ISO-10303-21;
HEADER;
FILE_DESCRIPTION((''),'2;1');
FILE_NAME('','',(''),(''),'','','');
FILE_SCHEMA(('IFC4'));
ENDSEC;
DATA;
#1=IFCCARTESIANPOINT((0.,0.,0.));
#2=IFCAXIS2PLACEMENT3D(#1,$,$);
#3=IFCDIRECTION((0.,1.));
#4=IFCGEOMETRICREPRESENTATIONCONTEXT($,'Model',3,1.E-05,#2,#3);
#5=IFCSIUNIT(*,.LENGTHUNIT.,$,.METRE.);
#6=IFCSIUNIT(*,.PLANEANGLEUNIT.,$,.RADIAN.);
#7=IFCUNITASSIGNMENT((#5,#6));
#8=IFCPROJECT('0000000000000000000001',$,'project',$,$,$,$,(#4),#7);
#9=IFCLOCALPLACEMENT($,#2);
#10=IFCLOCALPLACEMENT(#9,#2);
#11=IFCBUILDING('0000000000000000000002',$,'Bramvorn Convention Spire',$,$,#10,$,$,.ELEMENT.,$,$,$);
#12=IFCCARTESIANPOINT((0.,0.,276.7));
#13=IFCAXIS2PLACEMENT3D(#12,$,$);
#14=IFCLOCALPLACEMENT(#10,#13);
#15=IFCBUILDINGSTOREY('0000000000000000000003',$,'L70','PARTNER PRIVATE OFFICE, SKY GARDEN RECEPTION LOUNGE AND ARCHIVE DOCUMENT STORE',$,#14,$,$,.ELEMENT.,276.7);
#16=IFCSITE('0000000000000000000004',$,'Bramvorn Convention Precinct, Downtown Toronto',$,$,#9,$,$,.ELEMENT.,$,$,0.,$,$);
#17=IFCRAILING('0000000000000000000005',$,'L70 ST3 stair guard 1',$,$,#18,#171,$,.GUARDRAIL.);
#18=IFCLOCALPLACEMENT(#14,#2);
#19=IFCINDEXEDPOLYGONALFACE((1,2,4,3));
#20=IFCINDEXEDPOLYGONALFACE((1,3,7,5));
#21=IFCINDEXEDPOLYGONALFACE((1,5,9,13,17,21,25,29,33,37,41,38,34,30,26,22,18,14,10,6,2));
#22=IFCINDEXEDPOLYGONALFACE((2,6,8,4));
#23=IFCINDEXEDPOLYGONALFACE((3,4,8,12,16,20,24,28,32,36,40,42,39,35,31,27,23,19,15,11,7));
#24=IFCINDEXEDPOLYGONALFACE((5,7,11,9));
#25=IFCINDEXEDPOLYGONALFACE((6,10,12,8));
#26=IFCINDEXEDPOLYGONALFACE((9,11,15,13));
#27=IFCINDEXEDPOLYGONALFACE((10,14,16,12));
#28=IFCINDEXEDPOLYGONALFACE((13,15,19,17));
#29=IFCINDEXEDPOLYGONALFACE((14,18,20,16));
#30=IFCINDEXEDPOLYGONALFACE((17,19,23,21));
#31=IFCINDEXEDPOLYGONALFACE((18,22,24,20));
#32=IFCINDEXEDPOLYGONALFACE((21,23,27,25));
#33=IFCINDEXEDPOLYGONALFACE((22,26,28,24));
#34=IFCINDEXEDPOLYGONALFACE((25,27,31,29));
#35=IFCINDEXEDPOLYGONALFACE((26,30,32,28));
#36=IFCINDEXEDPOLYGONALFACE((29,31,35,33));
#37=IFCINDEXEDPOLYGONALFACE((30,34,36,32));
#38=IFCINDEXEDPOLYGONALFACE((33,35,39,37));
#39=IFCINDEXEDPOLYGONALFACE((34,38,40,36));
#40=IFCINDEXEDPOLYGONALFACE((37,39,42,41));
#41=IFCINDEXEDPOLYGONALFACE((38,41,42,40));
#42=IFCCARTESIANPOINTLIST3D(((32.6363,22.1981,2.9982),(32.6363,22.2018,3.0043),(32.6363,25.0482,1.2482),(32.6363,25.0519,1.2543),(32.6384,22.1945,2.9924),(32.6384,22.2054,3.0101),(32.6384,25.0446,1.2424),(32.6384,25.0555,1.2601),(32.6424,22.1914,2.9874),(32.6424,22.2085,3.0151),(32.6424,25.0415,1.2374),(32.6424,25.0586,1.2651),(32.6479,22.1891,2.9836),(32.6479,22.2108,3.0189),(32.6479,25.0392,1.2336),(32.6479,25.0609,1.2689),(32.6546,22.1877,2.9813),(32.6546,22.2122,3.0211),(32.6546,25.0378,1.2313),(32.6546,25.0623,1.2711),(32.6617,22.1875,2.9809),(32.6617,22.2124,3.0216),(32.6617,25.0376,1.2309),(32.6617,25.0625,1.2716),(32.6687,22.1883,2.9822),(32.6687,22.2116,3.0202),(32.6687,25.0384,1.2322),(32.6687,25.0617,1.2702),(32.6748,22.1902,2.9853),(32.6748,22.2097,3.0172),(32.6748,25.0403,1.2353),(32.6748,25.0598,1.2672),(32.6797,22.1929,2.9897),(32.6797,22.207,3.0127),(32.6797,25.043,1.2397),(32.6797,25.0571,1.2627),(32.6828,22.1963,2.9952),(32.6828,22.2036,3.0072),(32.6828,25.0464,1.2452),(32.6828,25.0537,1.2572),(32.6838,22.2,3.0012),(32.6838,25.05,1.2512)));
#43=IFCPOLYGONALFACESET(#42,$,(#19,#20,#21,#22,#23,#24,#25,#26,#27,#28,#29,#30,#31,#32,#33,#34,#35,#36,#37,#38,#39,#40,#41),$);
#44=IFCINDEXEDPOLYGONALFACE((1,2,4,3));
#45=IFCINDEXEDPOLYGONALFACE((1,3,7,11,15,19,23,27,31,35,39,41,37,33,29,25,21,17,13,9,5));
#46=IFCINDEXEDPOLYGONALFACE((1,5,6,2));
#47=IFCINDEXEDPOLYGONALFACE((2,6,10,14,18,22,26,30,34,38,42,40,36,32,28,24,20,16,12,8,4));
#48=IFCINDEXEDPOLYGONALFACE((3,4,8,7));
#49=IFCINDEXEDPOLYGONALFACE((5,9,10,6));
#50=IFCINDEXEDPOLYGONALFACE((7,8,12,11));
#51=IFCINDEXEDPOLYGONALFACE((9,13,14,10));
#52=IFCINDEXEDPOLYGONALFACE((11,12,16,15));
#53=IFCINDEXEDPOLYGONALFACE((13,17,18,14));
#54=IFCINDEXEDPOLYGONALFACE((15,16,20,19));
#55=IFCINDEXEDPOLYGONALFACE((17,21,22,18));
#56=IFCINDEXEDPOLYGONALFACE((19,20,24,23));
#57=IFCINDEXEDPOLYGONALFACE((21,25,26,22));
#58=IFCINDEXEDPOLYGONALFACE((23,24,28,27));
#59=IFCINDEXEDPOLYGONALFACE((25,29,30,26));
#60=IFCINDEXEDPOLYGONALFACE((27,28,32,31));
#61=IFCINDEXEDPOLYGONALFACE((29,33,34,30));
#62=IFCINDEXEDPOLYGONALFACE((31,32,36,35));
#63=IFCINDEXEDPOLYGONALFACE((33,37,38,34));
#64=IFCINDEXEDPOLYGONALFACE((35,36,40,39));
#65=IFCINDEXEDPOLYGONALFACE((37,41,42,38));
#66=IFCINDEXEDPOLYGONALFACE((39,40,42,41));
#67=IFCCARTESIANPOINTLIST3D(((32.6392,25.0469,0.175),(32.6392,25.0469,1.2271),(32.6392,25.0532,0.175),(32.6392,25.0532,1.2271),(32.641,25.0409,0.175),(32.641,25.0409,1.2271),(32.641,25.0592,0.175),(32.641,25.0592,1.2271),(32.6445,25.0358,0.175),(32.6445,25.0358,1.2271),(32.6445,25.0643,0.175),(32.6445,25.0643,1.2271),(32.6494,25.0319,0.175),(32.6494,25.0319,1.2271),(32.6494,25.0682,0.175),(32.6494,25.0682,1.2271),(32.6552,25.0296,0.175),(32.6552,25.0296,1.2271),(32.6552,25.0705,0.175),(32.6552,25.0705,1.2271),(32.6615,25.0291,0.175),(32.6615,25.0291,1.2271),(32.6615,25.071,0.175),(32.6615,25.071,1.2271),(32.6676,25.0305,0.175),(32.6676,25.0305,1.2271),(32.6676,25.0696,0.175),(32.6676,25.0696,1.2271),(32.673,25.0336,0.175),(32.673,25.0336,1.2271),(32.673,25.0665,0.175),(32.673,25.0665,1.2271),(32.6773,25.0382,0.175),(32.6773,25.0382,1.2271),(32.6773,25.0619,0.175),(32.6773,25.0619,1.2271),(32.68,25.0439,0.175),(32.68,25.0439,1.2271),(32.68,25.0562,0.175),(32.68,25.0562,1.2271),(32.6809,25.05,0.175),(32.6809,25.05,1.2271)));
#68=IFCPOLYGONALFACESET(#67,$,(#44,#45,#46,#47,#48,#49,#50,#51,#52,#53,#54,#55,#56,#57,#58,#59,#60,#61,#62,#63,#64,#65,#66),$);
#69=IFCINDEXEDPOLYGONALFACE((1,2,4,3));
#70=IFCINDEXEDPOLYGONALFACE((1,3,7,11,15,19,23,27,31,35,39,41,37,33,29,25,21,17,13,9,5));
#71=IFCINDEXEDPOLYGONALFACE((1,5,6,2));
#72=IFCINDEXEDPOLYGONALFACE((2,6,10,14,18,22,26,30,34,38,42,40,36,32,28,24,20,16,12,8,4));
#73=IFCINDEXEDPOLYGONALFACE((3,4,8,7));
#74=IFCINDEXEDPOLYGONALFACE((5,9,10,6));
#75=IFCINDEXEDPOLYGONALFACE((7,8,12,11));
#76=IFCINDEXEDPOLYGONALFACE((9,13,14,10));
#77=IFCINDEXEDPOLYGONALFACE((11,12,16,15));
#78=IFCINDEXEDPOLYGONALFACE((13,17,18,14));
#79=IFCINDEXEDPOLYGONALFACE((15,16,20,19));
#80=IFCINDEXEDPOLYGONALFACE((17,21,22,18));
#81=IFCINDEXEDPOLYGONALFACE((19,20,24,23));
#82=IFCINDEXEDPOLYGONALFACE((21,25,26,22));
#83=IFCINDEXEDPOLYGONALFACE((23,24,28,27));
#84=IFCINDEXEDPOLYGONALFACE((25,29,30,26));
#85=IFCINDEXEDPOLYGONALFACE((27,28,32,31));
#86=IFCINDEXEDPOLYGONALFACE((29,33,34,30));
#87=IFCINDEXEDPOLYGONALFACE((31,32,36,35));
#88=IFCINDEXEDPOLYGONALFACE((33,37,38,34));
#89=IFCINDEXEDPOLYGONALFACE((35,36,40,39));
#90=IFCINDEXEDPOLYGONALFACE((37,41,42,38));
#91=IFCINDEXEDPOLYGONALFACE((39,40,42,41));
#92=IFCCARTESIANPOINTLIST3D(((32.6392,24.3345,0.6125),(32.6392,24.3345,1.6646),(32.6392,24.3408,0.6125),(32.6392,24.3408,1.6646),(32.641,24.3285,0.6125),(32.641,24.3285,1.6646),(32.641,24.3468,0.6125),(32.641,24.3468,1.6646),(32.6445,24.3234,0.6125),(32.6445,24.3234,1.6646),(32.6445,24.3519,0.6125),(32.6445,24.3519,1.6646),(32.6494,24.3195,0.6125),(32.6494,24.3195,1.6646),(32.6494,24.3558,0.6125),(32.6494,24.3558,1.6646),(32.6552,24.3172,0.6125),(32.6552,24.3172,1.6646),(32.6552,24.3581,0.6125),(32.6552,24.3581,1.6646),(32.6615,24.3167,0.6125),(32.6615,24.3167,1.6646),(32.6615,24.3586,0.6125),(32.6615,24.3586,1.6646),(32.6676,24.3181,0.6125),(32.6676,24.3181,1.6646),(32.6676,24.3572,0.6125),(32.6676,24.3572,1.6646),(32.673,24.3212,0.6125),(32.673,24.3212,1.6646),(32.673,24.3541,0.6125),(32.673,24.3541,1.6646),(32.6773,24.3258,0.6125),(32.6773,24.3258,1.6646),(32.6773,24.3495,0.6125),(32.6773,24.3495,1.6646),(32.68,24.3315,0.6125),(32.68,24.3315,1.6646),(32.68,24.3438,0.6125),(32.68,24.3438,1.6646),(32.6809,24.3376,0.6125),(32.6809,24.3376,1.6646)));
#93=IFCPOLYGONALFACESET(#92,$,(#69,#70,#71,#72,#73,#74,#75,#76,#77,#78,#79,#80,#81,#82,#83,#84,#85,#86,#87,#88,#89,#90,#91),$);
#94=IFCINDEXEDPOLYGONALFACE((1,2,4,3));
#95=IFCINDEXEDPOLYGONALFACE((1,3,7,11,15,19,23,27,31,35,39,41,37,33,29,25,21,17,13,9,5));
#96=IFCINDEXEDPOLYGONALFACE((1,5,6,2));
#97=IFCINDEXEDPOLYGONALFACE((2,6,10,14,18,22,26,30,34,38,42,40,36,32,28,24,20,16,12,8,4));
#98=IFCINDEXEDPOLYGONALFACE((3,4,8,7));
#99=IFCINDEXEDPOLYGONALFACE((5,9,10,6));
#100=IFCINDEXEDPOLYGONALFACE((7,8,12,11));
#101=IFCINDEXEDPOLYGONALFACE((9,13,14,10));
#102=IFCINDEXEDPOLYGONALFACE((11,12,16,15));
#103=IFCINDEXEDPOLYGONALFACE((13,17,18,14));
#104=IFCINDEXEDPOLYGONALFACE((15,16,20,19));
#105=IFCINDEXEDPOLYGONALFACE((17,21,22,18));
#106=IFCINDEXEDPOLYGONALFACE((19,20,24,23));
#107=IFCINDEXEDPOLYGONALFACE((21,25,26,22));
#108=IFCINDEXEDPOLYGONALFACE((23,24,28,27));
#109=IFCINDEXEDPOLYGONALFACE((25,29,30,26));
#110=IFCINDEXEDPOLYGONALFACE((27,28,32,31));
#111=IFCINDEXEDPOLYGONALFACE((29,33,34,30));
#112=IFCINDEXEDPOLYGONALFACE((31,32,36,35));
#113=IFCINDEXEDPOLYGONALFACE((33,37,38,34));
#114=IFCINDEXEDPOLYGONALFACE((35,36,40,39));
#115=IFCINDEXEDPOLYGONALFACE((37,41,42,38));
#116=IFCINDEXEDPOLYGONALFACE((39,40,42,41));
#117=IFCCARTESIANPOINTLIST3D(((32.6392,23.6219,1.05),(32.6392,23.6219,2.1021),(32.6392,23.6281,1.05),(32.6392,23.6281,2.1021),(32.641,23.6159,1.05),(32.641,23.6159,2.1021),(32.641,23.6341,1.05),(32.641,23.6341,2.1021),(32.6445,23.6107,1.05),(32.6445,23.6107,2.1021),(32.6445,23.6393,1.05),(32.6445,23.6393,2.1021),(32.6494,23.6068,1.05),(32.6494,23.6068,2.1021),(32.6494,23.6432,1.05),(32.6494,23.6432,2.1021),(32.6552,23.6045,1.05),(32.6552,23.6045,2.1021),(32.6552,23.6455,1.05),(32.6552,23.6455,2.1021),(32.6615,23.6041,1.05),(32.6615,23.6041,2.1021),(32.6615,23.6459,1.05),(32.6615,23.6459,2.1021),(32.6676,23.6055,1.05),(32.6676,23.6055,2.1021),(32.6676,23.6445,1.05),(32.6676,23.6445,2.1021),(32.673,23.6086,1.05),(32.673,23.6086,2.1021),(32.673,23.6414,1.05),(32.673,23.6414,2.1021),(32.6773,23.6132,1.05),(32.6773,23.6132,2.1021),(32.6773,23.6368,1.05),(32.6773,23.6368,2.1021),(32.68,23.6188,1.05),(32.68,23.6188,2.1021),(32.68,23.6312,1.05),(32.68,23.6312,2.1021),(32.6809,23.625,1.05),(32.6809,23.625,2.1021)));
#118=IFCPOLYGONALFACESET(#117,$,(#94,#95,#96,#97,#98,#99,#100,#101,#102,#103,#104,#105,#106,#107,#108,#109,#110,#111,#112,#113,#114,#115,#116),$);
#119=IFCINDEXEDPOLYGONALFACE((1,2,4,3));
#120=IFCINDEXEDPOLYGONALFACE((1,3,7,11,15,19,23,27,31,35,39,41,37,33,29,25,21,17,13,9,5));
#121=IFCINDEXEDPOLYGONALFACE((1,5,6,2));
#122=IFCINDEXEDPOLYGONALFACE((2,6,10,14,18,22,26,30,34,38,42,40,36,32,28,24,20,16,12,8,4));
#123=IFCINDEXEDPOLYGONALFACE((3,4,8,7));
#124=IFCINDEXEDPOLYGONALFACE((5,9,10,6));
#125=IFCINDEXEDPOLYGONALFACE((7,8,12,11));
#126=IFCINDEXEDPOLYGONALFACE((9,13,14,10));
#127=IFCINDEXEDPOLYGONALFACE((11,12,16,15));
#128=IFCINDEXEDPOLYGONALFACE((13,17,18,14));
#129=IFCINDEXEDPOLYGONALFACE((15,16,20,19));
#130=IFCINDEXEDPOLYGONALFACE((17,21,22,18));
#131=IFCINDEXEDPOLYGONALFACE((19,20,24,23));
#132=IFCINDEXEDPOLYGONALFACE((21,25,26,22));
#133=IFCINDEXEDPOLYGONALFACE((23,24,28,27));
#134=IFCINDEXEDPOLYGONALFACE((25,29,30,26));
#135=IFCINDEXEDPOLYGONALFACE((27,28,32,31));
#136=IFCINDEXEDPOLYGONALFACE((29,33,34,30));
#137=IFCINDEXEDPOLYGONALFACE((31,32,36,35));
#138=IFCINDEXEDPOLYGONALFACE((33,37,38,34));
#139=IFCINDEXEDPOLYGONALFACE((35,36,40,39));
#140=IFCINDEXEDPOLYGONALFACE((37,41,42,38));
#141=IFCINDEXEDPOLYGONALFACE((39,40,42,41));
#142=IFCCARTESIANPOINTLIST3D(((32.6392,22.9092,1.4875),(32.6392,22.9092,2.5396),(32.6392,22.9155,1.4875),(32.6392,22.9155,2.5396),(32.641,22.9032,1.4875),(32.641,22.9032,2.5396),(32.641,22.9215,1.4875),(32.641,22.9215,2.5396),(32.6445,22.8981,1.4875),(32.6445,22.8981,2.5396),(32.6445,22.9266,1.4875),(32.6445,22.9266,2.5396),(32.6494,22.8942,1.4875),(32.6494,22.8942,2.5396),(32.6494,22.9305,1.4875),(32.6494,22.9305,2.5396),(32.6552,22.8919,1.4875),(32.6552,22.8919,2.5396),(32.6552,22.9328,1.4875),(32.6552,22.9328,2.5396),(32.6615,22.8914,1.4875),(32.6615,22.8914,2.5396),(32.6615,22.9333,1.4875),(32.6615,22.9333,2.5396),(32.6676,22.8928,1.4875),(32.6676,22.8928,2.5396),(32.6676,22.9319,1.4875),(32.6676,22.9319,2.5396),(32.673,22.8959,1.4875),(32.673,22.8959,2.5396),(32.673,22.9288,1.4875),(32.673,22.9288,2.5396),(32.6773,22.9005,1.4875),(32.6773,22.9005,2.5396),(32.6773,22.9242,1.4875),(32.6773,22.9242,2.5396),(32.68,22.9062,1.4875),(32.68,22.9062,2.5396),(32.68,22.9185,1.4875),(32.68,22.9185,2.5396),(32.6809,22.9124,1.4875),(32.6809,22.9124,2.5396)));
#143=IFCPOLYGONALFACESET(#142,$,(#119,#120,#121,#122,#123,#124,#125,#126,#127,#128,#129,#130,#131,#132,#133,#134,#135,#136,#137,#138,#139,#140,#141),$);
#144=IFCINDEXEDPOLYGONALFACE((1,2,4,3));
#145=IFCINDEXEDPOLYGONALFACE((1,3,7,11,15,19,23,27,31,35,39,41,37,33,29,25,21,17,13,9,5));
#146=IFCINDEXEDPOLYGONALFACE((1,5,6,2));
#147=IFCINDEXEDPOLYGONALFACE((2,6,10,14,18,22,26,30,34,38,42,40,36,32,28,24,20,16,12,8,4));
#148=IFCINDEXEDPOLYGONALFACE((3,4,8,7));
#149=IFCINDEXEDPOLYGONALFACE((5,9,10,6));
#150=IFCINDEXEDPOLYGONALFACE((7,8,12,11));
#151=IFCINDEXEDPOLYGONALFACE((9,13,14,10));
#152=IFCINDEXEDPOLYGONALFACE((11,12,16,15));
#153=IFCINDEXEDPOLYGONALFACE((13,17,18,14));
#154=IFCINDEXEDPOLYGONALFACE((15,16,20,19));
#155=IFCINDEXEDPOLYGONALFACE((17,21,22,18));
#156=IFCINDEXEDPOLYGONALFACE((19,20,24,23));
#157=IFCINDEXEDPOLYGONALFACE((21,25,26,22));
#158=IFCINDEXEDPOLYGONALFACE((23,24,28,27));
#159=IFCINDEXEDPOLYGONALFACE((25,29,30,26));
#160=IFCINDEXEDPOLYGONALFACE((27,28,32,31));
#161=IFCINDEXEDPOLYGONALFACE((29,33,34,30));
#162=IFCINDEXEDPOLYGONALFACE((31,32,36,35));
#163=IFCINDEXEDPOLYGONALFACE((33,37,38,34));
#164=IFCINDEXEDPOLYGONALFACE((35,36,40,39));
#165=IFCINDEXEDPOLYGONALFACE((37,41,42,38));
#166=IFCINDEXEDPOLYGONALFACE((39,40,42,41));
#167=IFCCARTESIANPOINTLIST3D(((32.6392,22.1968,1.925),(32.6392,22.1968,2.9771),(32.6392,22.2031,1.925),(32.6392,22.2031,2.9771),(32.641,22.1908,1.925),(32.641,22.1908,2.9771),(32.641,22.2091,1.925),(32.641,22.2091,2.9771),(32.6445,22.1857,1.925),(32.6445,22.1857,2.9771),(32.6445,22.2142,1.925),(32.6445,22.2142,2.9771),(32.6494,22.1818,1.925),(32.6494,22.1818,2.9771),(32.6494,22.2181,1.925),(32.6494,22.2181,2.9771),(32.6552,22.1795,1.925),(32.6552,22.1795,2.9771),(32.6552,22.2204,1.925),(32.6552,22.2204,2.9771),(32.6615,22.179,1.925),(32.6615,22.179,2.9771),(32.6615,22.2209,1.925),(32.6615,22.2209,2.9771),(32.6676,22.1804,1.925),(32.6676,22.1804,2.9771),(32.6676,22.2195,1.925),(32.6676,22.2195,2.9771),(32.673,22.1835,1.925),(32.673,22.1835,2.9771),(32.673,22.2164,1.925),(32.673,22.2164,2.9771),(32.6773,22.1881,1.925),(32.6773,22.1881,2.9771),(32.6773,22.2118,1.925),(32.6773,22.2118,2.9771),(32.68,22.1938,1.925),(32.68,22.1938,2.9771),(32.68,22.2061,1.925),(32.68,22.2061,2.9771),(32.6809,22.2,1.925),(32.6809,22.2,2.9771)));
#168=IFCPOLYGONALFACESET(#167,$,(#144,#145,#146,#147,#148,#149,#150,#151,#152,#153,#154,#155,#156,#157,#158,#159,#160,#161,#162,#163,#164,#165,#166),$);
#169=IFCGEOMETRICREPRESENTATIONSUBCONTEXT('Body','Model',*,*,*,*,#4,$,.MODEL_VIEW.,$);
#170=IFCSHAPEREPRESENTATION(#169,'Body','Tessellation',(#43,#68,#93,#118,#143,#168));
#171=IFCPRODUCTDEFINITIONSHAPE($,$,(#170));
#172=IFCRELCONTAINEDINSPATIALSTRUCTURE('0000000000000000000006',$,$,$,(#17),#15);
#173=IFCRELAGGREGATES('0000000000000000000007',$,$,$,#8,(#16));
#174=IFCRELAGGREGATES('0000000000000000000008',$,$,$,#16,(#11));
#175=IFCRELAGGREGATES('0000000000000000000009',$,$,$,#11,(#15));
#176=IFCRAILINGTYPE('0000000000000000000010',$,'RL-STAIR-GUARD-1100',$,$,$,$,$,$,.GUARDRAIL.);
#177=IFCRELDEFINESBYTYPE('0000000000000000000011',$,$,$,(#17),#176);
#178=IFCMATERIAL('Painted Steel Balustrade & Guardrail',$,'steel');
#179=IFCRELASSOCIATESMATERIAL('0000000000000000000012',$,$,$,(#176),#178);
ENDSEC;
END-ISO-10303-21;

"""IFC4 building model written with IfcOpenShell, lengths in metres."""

from ifc_helpers import new_model, si_unit, direction, frame, origin, origin_2d, place, context, subcontext, project, spatial, circle, extrude, material, type_object, element, save


model = new_model("IFC4")

# Units and contexts
model_context = context("Model", 3, precision=1e-05, world=origin(), true_north=direction((0.0, 1.0)))
body_context = subcontext(model_context, "Body", "Model", "MODEL_VIEW")
ifc_project = project(units=[si_unit("LENGTHUNIT", "METRE"), si_unit("PLANEANGLEUNIT", "RADIAN")], contexts=[model_context])

# Site, building, storey
site_placement = place(None, origin())
site = spatial("IfcSite", under=ifc_project, at=site_placement, Name="Bramvorn Convention Precinct, Downtown Toronto", CompositionType="ELEMENT", RefElevation=0.0)
building_placement = place(site_placement, origin())
building = spatial("IfcBuilding", under=site, at=building_placement, Name="Bramvorn Convention Spire", CompositionType="ELEMENT")
storey_placement = place(building_placement, frame((0.0, 0.0, 276.7)))
storey = spatial("IfcBuildingStorey", under=building, at=storey_placement, Name="L70", Description="PARTNER PRIVATE OFFICE, SKY GARDEN RECEPTION LOUNGE AND ARCHIVE DOCUMENT STORE", CompositionType="ELEMENT", Elevation=276.7)

# Railing
ifc_material_1 = material(Name="Painted Steel Balustrade & Guardrail", Category="steel")
railing_type_1 = type_object("IfcRailingType", Name="RL-STAIR-GUARD-1100", PredefinedType="GUARDRAIL", material=ifc_material_1)
railing_1_placement = place(storey_placement, frame((32.6599, 25.05, 0.175)))
element("IfcRailing", 1, at=railing_1_placement, inside=storey, type_object=railing_type_1, Name="L70 ST3 stair guard 1", PredefinedType="GUARDRAIL", context=body_context, shape_type="SweptSolid", body=[
    extrude(circle(Radius=0.0239, at=origin_2d()), frame((0.0, 0.0, 1.0762), z_axis=(0.0, -0.852179, 0.52325), x_axis=(1.0, 0.0, 0.0)), (0.0, 0.0, 1.0), 3.3445),
    extrude(circle(Radius=0.021, at=origin_2d()), origin(), (0.0, 0.0, 1.0), 1.052),
    extrude(circle(Radius=0.021, at=origin_2d()), frame((0.0, -0.7124, 0.4375)), (0.0, 0.0, 1.0), 1.052),
    extrude(circle(Radius=0.021, at=origin_2d()), frame((0.0, -1.425, 0.875)), (0.0, 0.0, 1.0), 1.052),
    extrude(circle(Radius=0.021, at=origin_2d()), frame((0.0, -2.1377, 1.3125)), (0.0, 0.0, 1.0), 1.052),
    extrude(circle(Radius=0.021, at=origin_2d()), frame((0.0, -2.8501, 1.75)), (0.0, 0.0, 1.0), 1.052),
])

save(model, "model.ifc")
